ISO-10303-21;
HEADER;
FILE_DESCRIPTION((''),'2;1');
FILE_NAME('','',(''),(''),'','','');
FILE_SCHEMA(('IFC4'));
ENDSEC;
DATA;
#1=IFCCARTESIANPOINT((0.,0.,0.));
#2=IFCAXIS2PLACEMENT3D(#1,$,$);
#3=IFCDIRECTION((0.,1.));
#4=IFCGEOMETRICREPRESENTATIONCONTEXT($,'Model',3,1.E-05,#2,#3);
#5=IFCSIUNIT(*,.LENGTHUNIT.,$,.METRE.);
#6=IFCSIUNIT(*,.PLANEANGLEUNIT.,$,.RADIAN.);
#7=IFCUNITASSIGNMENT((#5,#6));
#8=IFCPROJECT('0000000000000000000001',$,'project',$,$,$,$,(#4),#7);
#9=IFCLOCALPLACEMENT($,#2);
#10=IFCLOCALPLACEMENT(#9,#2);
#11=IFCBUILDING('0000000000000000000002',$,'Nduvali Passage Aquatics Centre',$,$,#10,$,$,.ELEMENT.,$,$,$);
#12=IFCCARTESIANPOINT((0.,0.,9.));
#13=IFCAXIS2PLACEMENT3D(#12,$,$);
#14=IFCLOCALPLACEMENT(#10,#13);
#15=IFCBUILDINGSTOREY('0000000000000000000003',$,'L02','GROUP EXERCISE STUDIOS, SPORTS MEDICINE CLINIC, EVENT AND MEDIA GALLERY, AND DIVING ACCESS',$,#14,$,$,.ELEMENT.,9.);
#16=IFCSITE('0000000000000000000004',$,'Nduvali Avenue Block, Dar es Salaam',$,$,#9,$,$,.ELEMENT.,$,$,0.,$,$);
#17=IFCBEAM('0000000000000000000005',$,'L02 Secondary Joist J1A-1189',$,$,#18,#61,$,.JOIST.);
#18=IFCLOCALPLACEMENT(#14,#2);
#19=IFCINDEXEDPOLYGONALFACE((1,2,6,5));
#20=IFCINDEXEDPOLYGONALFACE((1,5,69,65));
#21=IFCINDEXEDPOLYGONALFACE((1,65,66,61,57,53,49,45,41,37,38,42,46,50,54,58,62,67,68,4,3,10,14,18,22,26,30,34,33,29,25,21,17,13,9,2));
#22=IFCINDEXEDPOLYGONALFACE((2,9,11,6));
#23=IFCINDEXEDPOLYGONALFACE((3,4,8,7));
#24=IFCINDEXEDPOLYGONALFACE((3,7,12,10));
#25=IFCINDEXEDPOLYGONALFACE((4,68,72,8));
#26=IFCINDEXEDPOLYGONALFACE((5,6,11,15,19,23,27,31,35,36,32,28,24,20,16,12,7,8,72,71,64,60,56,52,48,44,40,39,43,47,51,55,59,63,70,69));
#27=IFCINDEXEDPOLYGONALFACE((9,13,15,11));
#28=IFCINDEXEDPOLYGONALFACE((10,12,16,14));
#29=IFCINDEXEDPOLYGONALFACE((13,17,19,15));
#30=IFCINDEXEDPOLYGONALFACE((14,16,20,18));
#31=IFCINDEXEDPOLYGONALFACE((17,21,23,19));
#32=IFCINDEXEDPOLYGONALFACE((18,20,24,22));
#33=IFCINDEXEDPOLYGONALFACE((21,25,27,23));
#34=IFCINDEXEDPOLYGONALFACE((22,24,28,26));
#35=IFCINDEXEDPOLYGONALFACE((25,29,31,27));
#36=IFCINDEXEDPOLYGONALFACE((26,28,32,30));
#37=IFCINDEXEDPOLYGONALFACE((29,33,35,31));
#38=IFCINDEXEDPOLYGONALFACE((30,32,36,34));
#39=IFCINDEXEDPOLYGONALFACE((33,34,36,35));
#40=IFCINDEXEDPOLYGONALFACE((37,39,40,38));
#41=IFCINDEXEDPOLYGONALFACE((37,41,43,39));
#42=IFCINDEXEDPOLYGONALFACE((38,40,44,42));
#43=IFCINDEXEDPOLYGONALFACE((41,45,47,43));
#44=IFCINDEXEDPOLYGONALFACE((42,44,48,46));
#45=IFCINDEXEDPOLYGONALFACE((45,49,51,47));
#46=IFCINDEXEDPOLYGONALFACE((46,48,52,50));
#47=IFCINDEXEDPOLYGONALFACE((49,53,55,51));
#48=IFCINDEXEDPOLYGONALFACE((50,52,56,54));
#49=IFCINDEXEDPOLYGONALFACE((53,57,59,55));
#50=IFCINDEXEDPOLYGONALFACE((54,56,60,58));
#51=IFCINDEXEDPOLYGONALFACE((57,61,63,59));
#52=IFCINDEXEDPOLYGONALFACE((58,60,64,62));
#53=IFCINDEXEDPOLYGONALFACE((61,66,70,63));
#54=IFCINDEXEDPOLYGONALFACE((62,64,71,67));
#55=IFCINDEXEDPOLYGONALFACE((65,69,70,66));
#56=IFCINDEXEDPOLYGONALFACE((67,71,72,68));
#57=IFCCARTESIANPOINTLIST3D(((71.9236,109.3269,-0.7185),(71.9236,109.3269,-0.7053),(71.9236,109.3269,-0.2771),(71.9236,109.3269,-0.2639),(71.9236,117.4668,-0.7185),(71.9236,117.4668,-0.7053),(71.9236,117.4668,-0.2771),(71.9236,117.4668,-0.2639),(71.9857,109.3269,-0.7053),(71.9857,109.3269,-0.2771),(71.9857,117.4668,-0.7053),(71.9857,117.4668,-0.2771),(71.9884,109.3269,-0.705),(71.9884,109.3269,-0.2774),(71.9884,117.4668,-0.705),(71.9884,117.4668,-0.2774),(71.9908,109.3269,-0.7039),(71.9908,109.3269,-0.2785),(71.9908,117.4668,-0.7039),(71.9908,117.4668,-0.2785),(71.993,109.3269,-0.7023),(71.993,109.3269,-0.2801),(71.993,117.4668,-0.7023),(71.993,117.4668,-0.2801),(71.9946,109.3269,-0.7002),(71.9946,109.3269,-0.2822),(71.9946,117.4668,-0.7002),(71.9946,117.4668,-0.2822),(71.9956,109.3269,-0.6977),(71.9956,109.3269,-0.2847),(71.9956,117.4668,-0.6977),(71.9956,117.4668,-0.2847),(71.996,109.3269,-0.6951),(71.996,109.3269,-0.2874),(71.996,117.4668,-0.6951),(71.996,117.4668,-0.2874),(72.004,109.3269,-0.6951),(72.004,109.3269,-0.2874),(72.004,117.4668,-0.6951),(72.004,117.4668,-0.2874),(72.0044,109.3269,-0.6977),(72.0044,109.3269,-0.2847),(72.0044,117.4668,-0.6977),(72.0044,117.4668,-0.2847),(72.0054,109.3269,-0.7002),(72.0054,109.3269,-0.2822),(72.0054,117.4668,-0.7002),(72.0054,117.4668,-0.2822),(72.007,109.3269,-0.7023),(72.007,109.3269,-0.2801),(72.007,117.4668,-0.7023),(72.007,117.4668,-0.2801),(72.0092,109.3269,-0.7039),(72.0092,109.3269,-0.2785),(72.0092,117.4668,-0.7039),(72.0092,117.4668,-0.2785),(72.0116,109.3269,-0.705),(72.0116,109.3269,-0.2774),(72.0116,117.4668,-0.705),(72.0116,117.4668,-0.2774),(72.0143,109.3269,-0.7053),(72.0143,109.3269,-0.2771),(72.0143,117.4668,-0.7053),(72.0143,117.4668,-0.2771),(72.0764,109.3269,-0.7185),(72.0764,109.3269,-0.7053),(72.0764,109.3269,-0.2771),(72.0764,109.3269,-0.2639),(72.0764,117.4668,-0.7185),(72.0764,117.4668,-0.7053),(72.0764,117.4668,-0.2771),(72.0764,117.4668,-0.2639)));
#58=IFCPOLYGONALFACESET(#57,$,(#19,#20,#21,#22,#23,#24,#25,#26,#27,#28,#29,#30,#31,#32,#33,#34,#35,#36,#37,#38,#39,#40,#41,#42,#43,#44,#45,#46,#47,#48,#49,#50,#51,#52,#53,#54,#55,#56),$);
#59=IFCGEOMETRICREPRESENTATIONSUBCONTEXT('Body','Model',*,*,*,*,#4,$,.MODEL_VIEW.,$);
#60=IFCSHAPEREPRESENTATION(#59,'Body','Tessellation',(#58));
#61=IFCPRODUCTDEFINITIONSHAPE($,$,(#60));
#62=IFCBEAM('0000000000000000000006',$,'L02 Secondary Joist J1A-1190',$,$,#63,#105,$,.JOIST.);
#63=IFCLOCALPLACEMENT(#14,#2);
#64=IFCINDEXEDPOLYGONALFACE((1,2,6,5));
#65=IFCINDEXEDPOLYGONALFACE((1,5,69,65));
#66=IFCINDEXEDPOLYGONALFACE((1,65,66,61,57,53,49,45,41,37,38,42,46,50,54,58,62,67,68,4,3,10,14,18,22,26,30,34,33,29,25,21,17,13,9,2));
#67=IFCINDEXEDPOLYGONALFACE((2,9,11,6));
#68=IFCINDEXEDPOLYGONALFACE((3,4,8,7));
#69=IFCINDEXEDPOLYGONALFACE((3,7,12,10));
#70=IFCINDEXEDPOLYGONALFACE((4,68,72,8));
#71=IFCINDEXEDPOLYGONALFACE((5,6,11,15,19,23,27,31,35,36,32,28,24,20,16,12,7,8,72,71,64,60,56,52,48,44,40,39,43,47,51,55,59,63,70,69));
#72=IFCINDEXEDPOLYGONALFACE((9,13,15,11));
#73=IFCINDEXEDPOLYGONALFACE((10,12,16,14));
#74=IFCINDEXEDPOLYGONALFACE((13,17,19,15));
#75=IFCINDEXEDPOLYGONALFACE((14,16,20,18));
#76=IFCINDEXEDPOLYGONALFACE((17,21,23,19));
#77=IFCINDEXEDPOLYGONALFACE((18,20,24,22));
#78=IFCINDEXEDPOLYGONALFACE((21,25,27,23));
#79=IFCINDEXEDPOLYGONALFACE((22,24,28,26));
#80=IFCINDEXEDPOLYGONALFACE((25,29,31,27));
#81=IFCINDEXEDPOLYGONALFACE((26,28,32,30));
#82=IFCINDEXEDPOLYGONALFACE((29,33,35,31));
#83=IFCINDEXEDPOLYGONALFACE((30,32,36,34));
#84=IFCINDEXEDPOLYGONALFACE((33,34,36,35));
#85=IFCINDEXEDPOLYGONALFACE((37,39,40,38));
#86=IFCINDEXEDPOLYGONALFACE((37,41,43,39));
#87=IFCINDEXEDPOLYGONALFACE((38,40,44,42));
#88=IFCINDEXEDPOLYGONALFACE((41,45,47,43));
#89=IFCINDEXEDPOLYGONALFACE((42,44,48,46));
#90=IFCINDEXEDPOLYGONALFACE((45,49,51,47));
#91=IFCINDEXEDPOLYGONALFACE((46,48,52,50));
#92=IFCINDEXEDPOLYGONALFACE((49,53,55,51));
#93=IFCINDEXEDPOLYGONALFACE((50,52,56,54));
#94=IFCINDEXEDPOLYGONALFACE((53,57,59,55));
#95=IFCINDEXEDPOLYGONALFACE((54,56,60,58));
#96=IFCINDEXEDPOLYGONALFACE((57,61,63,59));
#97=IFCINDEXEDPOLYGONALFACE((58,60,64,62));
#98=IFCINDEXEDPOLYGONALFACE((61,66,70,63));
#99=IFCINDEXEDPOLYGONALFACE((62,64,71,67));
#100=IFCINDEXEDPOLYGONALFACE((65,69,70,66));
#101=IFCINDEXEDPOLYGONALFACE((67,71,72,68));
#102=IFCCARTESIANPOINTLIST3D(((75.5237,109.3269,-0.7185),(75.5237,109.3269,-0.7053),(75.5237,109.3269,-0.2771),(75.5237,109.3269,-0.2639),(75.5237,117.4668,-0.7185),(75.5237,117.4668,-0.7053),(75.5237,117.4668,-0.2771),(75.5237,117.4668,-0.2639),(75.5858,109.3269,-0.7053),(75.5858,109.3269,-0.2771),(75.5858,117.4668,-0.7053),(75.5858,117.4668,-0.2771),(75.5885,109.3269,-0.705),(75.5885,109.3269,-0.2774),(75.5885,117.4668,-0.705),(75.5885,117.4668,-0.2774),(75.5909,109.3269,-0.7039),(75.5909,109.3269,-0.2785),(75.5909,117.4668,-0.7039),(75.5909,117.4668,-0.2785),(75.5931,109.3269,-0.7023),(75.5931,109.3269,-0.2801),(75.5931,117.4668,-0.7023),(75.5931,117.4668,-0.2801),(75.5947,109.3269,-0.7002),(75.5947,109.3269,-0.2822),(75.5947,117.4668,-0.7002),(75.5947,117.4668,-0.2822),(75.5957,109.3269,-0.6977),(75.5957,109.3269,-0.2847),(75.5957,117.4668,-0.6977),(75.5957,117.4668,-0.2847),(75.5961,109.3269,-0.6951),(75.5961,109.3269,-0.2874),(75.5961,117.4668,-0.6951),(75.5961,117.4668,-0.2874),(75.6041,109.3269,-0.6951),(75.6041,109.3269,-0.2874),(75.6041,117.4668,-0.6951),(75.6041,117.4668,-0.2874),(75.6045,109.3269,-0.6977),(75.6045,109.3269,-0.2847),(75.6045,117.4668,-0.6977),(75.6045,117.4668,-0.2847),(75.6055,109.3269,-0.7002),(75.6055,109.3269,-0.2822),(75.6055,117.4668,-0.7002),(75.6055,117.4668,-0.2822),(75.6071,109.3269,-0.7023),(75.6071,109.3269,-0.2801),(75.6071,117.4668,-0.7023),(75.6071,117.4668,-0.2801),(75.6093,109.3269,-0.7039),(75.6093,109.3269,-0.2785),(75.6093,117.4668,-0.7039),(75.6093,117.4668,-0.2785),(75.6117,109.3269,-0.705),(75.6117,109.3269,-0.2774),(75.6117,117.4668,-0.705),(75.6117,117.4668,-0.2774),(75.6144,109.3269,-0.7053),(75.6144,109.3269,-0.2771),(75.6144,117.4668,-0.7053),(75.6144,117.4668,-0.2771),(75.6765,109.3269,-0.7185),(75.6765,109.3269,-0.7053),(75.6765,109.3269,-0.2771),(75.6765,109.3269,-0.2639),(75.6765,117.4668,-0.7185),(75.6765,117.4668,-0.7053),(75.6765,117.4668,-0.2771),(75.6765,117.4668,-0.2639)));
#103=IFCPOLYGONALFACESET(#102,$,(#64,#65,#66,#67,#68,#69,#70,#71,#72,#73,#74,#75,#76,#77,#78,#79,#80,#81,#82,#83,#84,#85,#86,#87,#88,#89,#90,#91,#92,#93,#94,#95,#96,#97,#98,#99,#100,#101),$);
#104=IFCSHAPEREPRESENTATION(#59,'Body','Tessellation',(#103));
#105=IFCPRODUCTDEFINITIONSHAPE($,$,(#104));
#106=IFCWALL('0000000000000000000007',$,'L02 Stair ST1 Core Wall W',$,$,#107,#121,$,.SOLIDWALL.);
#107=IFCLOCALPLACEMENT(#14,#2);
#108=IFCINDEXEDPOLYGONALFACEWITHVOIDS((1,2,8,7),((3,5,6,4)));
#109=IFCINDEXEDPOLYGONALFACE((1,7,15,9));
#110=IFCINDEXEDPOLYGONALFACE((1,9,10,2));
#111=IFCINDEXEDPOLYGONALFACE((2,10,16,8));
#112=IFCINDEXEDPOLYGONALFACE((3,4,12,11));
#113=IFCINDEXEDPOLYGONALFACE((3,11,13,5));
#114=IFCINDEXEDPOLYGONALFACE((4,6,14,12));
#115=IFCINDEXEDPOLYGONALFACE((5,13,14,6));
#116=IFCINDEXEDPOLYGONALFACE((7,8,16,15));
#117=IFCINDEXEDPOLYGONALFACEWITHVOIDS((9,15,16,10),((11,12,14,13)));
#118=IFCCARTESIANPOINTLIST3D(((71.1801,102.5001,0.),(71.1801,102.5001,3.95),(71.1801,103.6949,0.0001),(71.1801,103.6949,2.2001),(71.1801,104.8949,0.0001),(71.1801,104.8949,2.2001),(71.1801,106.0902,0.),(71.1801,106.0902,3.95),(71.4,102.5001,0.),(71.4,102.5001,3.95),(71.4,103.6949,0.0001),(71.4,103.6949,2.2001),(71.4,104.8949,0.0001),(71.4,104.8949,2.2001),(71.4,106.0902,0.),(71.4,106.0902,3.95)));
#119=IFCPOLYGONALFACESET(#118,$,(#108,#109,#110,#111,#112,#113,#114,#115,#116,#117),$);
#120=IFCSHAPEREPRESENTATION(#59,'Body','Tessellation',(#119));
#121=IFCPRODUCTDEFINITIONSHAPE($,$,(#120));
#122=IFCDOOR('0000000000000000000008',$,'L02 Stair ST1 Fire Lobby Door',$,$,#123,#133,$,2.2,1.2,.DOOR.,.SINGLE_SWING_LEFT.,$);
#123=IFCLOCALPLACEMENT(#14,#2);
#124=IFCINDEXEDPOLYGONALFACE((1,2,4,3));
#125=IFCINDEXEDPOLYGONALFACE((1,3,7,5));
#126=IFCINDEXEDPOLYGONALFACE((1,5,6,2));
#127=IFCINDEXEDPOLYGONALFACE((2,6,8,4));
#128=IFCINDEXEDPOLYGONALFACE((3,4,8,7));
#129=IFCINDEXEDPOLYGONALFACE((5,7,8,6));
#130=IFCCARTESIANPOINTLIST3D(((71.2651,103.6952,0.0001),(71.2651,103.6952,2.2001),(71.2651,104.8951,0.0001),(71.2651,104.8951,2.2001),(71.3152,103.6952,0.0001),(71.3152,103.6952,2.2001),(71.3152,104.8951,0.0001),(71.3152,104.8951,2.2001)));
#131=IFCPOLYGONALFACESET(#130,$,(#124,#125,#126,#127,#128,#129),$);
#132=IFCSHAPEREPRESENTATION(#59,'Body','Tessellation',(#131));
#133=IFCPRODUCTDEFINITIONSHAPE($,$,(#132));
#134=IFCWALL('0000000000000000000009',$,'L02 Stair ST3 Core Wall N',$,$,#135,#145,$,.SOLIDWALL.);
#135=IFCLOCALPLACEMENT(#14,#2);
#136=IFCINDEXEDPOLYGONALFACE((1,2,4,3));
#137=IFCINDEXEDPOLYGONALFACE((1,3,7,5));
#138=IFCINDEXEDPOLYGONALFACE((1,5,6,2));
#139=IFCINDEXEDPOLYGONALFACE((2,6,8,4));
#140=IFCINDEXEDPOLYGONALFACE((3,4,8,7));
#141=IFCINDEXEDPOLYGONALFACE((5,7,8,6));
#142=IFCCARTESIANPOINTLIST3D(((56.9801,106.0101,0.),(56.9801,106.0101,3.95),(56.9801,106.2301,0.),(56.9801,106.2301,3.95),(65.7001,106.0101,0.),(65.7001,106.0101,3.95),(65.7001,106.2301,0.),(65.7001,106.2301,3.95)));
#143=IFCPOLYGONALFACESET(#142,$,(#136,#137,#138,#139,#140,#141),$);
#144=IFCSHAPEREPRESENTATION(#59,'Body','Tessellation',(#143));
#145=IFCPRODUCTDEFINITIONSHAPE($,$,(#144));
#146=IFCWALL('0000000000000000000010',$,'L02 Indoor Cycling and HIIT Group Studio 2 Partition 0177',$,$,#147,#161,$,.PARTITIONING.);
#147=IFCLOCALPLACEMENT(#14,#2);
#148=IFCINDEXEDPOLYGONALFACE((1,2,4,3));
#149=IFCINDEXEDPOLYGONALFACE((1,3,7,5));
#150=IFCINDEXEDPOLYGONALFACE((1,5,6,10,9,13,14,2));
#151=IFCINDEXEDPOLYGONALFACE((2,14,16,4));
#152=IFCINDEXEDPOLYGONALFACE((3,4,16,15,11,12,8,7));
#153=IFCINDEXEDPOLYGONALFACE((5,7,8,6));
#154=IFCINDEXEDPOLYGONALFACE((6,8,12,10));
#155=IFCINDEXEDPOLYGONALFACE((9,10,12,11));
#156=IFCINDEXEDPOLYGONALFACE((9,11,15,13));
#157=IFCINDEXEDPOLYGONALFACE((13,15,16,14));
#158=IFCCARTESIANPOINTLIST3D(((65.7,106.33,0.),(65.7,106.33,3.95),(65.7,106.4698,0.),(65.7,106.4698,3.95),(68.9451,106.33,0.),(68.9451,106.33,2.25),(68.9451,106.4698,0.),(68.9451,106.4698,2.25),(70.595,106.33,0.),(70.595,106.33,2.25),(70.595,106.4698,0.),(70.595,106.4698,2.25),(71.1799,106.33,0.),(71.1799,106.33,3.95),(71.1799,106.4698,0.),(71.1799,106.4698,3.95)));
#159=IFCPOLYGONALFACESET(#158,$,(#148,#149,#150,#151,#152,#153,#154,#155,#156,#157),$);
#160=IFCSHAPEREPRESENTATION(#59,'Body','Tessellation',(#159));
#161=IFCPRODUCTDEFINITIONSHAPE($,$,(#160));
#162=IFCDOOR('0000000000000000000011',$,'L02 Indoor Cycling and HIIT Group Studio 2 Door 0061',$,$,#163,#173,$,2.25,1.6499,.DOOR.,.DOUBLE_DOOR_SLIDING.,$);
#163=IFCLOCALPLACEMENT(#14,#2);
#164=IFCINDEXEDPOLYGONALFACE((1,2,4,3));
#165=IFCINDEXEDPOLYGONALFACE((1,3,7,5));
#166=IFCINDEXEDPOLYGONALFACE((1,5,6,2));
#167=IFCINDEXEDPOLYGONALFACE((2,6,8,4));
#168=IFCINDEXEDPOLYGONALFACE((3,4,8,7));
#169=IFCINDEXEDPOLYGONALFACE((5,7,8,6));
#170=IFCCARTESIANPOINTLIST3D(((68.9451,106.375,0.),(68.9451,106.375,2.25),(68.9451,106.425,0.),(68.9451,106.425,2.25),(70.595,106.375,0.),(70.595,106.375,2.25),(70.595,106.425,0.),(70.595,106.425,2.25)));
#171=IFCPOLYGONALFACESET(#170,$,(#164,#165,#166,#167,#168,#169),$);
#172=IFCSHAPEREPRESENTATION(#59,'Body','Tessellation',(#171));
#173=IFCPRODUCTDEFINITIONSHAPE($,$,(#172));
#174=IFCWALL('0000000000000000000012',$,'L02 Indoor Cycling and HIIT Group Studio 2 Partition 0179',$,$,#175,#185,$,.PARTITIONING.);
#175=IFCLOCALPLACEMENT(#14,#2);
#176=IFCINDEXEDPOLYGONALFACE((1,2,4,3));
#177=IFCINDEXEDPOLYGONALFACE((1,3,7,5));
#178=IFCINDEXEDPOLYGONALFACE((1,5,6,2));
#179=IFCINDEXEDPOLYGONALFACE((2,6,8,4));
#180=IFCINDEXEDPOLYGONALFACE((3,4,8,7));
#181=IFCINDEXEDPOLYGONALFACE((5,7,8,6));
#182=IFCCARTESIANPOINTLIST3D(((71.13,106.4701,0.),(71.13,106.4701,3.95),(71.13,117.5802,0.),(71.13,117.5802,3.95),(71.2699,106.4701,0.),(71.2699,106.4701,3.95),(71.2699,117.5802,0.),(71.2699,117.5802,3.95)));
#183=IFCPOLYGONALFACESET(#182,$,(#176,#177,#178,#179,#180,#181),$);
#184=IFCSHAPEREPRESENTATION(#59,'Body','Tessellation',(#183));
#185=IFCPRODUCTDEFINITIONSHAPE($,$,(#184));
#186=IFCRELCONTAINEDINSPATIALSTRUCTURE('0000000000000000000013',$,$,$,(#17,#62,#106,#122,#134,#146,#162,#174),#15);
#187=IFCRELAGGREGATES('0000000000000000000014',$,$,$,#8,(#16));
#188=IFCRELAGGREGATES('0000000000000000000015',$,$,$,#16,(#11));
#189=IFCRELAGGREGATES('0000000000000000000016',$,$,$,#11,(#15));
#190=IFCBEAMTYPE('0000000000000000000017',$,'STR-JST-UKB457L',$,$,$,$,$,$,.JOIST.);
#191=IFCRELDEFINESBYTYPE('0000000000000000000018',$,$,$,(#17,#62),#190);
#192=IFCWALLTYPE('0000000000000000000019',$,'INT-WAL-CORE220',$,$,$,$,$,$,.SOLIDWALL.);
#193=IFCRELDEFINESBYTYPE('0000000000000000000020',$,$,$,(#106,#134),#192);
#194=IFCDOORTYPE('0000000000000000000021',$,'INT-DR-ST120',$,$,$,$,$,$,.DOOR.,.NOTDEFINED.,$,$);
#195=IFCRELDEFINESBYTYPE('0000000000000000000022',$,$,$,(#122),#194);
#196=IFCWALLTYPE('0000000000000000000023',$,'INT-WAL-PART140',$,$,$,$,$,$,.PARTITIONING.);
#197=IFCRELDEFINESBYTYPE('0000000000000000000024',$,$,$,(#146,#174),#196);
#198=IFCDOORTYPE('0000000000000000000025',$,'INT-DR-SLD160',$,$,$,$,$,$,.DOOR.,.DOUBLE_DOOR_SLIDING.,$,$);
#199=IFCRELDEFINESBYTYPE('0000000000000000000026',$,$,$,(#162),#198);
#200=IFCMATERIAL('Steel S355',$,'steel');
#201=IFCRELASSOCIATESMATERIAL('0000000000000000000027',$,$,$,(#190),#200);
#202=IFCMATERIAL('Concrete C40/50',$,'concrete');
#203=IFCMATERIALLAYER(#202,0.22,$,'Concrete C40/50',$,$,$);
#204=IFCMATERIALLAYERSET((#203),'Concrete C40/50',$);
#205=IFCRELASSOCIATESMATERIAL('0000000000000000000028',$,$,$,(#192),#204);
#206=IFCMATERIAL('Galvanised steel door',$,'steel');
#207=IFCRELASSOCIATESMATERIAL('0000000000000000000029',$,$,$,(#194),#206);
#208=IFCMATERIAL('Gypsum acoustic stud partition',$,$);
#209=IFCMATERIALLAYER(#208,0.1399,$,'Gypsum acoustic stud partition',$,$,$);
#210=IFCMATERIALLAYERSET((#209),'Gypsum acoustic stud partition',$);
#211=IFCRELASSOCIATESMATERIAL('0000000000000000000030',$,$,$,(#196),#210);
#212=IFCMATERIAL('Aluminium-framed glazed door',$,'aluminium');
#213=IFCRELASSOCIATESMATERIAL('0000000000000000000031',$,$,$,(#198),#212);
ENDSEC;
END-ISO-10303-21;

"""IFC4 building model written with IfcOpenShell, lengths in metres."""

from ifc_helpers import new_model, si_unit, direction, frame, frame_2d, origin, origin_2d, place, context, subcontext, project, spatial, rectangle, i_section, extrude, material, layer, layer_set, material_profile, profile_set, type_object, element, fill, save


model = new_model("IFC4")

# Units and contexts
model_context = context("Model", 3, precision=1e-05, world=origin(), true_north=direction((0.0, 1.0)))
body_context = subcontext(model_context, "Body", "Model", "MODEL_VIEW")
ifc_project = project(units=[si_unit("LENGTHUNIT", "METRE"), si_unit("PLANEANGLEUNIT", "RADIAN")], contexts=[model_context])

# Site, building, storey
site_placement = place(None, origin())
site = spatial("IfcSite", under=ifc_project, at=site_placement, Name="Nduvali Avenue Block, Dar es Salaam", CompositionType="ELEMENT", RefElevation=0.0)
building_placement = place(site_placement, origin())
building = spatial("IfcBuilding", under=site, at=building_placement, Name="Nduvali Passage Aquatics Centre", CompositionType="ELEMENT")
storey_placement = place(building_placement, frame((0.0, 0.0, 9.0)))
storey = spatial("IfcBuildingStorey", under=building, at=storey_placement, Name="L02", Description="GROUP EXERCISE STUDIOS, SPORTS MEDICINE CLINIC, EVENT AND MEDIA GALLERY, AND DIVING ACCESS", CompositionType="ELEMENT", Elevation=9.0)

# Shared definitions
ifc_material_1 = material(Name="Steel S355", Category="steel")

# Beams
ifc_material_profile_1 = material_profile(ifc_material_1, i_section(OverallWidth=0.1528, OverallDepth=0.4546, WebThickness=0.0081, FlangeThickness=0.0132, FilletRadius=0.0103, at=origin_2d()), Name="UKB 457x152x60")
ifc_profile_set_1 = profile_set([ifc_material_profile_1], Name="Steel S355")
beam_type_1 = type_object("IfcBeamType", Name="STR-JST-UKB457L", PredefinedType="JOIST", material=ifc_profile_set_1)
for number, where, z_axis, x_axis, name in (
    (1, (72.0, 109.3269, -0.4912), (0.0, 1.0, 0.0), (-1.0, 0.0, 0.0), "L02 Secondary Joist J1A-1189"),
    (2, (75.6001, 109.3269, -0.4912), (0.0, 1.0, 0.0), (-1.0, 0.0, 0.0), "L02 Secondary Joist J1A-1190"),
):
    element("IfcBeam", number, at=place(storey_placement, frame(where, z_axis=z_axis, x_axis=x_axis)), inside=storey, type_object=beam_type_1, Name=name, PredefinedType="JOIST", context=body_context, shape_type="SweptSolid", body=[
        extrude(i_section(OverallWidth=0.1528, OverallDepth=0.4546, WebThickness=0.0081, FlangeThickness=0.0132, FilletRadius=0.0103, at=origin_2d()), origin(), (0.0, 0.0, 1.0), 8.1399),
    ])

# Wall, opening, door
ifc_material_2 = material(Name="Concrete C40/50", Category="concrete")
ifc_layer_1 = layer(ifc_material_2, 0.22, Name="Concrete C40/50")
ifc_layer_set_1 = layer_set([ifc_layer_1], Name="Concrete C40/50")
wall_type_1 = type_object("IfcWallType", Name="INT-WAL-CORE220", PredefinedType="SOLIDWALL", material=ifc_layer_set_1)
wall_1_placement = place(storey_placement, frame((71.29, 106.0901, 0.0), z_axis=(0.0, 0.0, 1.0), x_axis=(0.0, -1.0, 0.0)))
wall_1 = element("IfcWall", 3, at=wall_1_placement, inside=storey, type_object=wall_type_1, Name="L02 Stair ST1 Core Wall W", PredefinedType="SOLIDWALL", context=body_context, shape_type="SweptSolid", body=[
    extrude(rectangle(XDim=3.5901, YDim=0.22, at=frame_2d((1.7949, 0.0))), origin(), (0.0, 0.0, 1.0), 3.95),
])
opening_1_placement = place(wall_1_placement, frame((1.1951, 0.0, 0.0)))
opening_1 = element("IfcOpeningElement", 4, at=opening_1_placement, cuts=wall_1, PredefinedType="OPENING", context=body_context, shape_type="SweptSolid", body=[
    extrude(rectangle(XDim=1.2, YDim=2.2, at=frame_2d((0.6001, 1.1001))), frame((0.0, 0.125, 0.0), z_axis=(0.0, -1.0, 0.0), x_axis=(1.0, 0.0, 0.0)), (0.0, 0.0, 1.0), 0.2498),
])
ifc_material_3 = material(Name="Galvanised steel door", Category="steel")
door_type_1 = type_object("IfcDoorType", Name="INT-DR-ST120", OperationType="NOTDEFINED", PredefinedType="DOOR", material=ifc_material_3)
door_1_placement = place(opening_1_placement, frame((1.2, 0.0, 0.0), z_axis=(0.0, 0.0, 1.0), x_axis=(-1.0, 0.0, 0.0)))
door_1 = element("IfcDoor", 5, at=door_1_placement, inside=storey, type_object=door_type_1, Name="L02 Stair ST1 Fire Lobby Door", OperationType="SINGLE_SWING_LEFT", OverallHeight=2.2, OverallWidth=1.2, PredefinedType="DOOR", context=body_context, shape_type="SweptSolid", body=[
    extrude(rectangle(XDim=1.2, YDim=2.2, at=frame_2d((0.6001, 1.1001))), frame((0.0, 0.0249, 0.0), z_axis=(0.0, -1.0, 0.0), x_axis=(1.0, 0.0, 0.0)), (0.0, 0.0, 1.0), 0.05),
])
fill(opening_1, door_1)

# Wall
wall_2_placement = place(storey_placement, frame((65.7, 106.1201, 0.0), z_axis=(0.0, 0.0, 1.0), x_axis=(-1.0, 0.0, 0.0)))
element("IfcWall", 6, at=wall_2_placement, inside=storey, type_object=wall_type_1, Name="L02 Stair ST3 Core Wall N", PredefinedType="SOLIDWALL", context=body_context, shape_type="SweptSolid", body=[
    extrude(rectangle(XDim=8.72, YDim=0.22, at=frame_2d((4.3599, 0.0))), origin(), (0.0, 0.0, 1.0), 3.95),
])

# Wall, opening, door
ifc_material_4 = material(Name="Gypsum acoustic stud partition")
ifc_layer_2 = layer(ifc_material_4, 0.1399, Name="Gypsum acoustic stud partition")
ifc_layer_set_2 = layer_set([ifc_layer_2], Name="Gypsum acoustic stud partition")
wall_type_2 = type_object("IfcWallType", Name="INT-WAL-PART140", PredefinedType="PARTITIONING", material=ifc_layer_set_2)
wall_3_placement = place(storey_placement, frame((65.7, 106.3999, 0.0), z_axis=(0.0, 0.0, 1.0), x_axis=(1.0, 0.0, 0.0)))
wall_3 = element("IfcWall", 7, at=wall_3_placement, inside=storey, type_object=wall_type_2, Name="L02 Indoor Cycling and HIIT Group Studio 2 Partition 0177", PredefinedType="PARTITIONING", context=body_context, shape_type="SweptSolid", body=[
    extrude(rectangle(XDim=5.48, YDim=0.1399, at=frame_2d((2.74, 0.0))), origin(), (0.0, 0.0, 1.0), 3.95),
])
opening_2_placement = place(wall_3_placement, frame((3.2451, 0.0, 0.0)))
opening_2 = element("IfcOpeningElement", 8, at=opening_2_placement, cuts=wall_3, PredefinedType="OPENING", context=body_context, shape_type="SweptSolid", body=[
    extrude(rectangle(XDim=1.6499, YDim=2.25, at=frame_2d((0.825, 1.125))), frame((0.0, 0.085, 0.0), z_axis=(0.0, -1.0, 0.0), x_axis=(1.0, 0.0, 0.0)), (0.0, 0.0, 1.0), 0.1697),
])
ifc_material_5 = material(Name="Aluminium-framed glazed door", Category="aluminium")
door_type_2 = type_object("IfcDoorType", Name="INT-DR-SLD160", OperationType="DOUBLE_DOOR_SLIDING", PredefinedType="DOOR", material=ifc_material_5)
door_2_placement = place(opening_2_placement, frame((1.6499, 0.0, 0.0), z_axis=(0.0, 0.0, 1.0), x_axis=(-1.0, 0.0, 0.0)))
door_2 = element("IfcDoor", 9, at=door_2_placement, inside=storey, type_object=door_type_2, Name="L02 Indoor Cycling and HIIT Group Studio 2 Door 0061", OperationType="DOUBLE_DOOR_SLIDING", OverallHeight=2.25, OverallWidth=1.6499, PredefinedType="DOOR", context=body_context, shape_type="SweptSolid", body=[
    extrude(rectangle(XDim=1.6499, YDim=2.25, at=frame_2d((0.825, 1.125))), frame((0.0, 0.0249, 0.0), z_axis=(0.0, -1.0, 0.0), x_axis=(1.0, 0.0, 0.0)), (0.0, 0.0, 1.0), 0.05),
])
fill(opening_2, door_2)

# Wall
wall_4_placement = place(storey_placement, frame((71.2, 106.47, 0.0), z_axis=(0.0, 0.0, 1.0), x_axis=(0.0, 1.0, 0.0)))
element("IfcWall", 10, at=wall_4_placement, inside=storey, type_object=wall_type_2, Name="L02 Indoor Cycling and HIIT Group Studio 2 Partition 0179", PredefinedType="PARTITIONING", context=body_context, shape_type="SweptSolid", body=[
    extrude(rectangle(XDim=11.1101, YDim=0.1399, at=frame_2d((5.5552, 0.0))), origin(), (0.0, 0.0, 1.0), 3.95),
])

save(model, "model.ifc")
